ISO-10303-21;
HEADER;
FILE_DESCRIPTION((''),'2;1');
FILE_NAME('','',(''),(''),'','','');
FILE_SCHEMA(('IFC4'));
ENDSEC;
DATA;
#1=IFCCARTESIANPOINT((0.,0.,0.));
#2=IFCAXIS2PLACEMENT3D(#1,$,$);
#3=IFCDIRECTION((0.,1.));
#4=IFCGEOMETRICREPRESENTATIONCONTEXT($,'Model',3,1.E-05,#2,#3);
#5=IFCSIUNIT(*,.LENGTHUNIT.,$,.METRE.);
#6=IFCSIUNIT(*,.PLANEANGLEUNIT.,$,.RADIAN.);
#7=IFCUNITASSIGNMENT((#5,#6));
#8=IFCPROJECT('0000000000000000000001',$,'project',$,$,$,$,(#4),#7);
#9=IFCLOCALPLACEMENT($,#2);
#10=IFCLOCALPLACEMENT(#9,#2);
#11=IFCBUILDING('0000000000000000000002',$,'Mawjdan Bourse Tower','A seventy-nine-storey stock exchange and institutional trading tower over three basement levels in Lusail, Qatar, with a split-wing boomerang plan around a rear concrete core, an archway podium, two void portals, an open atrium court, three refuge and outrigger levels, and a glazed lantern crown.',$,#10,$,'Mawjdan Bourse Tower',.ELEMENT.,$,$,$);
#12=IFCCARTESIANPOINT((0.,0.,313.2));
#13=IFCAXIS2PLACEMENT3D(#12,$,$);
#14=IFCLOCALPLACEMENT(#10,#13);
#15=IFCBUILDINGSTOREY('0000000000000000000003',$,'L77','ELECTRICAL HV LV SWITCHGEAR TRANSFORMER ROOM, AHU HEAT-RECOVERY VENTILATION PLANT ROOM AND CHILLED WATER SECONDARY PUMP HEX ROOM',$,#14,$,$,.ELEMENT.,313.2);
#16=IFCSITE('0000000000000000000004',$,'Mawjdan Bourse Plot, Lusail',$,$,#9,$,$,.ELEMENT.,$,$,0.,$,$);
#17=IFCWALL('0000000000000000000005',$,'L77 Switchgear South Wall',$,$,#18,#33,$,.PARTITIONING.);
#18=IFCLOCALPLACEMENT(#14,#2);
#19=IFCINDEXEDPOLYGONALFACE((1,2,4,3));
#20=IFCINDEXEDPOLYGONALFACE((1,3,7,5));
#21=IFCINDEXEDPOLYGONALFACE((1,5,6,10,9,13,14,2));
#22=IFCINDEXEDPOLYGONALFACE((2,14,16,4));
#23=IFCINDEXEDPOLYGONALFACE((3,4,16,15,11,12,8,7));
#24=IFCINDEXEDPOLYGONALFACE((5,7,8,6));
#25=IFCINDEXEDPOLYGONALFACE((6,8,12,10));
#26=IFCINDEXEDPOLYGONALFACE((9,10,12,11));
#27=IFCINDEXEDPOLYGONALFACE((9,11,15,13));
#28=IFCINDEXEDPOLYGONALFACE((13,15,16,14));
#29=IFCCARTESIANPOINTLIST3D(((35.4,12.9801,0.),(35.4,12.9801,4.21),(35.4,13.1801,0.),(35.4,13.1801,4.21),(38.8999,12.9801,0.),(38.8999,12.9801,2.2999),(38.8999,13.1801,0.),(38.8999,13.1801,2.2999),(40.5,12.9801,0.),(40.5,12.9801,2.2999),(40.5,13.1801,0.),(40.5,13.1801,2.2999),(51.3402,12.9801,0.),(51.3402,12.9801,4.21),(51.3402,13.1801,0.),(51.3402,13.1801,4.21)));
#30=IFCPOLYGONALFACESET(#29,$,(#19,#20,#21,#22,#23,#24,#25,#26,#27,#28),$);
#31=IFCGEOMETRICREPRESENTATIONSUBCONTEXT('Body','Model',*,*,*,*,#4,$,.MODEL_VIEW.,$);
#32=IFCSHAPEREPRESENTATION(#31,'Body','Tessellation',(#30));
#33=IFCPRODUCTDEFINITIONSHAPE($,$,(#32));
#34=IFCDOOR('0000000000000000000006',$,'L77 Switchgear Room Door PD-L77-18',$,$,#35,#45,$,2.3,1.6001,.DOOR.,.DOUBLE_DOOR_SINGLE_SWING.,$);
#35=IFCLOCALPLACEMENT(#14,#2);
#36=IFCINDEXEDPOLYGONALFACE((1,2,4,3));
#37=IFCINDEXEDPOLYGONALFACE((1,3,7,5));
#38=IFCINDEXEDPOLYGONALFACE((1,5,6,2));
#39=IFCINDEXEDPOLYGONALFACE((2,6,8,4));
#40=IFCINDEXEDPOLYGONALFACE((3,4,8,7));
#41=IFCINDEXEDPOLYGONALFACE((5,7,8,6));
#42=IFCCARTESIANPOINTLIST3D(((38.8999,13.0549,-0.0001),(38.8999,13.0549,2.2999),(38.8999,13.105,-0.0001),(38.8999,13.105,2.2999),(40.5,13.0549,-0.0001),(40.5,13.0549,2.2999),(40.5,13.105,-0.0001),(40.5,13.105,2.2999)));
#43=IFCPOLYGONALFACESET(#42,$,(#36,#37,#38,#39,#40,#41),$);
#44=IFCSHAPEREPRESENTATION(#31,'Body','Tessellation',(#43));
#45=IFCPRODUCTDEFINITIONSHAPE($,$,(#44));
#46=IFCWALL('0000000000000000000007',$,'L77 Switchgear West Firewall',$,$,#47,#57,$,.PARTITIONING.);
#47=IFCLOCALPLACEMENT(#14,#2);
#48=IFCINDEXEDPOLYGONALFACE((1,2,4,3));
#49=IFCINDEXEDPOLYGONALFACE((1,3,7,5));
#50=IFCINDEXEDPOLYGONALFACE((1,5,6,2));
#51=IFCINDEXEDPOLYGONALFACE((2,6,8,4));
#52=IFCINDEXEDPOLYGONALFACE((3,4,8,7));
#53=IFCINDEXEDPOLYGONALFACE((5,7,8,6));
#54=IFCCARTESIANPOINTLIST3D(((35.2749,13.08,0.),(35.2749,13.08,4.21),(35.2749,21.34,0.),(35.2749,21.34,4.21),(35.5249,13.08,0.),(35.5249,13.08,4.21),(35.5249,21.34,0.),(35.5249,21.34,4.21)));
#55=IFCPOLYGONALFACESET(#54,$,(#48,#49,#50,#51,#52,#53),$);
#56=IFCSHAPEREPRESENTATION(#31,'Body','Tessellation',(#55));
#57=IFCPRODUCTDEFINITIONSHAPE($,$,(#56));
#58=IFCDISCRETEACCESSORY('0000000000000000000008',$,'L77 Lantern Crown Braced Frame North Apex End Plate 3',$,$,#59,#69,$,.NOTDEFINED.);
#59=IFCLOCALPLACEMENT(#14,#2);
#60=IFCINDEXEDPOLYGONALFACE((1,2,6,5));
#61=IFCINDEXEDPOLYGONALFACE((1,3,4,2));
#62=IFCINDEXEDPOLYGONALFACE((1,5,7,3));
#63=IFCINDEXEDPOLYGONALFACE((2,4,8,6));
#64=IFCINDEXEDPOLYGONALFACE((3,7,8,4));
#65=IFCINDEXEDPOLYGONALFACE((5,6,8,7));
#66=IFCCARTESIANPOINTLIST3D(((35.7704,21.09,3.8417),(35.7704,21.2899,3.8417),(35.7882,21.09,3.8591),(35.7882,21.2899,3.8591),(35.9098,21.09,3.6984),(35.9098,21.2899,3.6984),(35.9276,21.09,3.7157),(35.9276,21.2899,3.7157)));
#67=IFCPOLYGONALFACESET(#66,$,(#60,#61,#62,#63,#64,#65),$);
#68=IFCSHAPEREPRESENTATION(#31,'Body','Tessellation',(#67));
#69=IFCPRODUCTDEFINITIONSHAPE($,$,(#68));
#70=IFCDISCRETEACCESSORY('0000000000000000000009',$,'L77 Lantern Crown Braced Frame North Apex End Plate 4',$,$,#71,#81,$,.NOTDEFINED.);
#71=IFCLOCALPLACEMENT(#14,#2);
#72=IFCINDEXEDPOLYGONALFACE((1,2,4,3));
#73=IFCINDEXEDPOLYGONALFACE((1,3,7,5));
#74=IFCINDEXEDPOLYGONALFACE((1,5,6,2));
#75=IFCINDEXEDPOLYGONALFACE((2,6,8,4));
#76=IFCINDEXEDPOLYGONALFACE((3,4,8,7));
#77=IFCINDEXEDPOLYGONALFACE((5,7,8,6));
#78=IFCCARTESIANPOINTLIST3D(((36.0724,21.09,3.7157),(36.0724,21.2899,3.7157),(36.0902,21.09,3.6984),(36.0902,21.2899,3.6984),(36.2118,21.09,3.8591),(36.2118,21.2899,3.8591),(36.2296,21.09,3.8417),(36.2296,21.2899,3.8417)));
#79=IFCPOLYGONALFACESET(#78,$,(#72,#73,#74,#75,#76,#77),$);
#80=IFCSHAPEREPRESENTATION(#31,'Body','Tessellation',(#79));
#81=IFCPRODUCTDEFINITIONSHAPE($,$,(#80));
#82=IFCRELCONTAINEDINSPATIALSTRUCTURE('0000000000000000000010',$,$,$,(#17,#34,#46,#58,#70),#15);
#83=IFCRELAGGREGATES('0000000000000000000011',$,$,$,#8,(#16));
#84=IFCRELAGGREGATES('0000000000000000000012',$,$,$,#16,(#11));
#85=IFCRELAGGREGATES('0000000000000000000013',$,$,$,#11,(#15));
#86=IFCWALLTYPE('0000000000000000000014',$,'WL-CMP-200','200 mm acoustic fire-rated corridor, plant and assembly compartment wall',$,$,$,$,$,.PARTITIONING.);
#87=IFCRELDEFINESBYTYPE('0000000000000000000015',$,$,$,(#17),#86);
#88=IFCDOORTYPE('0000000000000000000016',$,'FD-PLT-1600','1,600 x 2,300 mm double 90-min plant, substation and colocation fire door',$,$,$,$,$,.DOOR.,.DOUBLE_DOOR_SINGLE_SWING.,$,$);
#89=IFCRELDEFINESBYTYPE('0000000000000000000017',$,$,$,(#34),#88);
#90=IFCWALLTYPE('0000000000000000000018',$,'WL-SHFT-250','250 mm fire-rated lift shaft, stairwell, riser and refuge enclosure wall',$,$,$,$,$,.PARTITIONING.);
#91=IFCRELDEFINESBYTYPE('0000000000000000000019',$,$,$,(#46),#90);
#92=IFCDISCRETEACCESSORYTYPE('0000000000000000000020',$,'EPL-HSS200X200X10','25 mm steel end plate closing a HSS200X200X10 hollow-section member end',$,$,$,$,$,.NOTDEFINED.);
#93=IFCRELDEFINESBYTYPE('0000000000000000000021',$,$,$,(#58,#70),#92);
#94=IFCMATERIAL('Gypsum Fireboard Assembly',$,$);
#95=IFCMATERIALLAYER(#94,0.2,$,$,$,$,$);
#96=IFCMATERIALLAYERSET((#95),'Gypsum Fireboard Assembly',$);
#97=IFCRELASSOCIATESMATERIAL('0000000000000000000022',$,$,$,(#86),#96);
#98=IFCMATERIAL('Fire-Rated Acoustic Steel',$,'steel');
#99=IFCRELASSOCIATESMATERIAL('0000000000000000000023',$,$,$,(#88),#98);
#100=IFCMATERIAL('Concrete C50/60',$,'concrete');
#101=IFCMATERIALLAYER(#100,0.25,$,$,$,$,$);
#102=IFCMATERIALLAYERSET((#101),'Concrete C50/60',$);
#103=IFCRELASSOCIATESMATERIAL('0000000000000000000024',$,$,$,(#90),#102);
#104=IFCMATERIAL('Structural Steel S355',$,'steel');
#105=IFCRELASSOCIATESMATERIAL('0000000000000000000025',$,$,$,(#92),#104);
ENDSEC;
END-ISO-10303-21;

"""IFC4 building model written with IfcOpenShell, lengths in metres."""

from ifc_helpers import new_model, si_unit, direction, frame, frame_2d, origin, origin_2d, place, context, subcontext, project, spatial, rectangle, extrude, material, layer, layer_set, material_profile, profile_set, type_object, element, fill, save


model = new_model("IFC4")

# Units and contexts
model_context = context("Model", 3, precision=1e-05, world=origin(), true_north=direction((0.0, 1.0)))
body_context = subcontext(model_context, "Body", "Model", "MODEL_VIEW")
ifc_project = project(units=[si_unit("LENGTHUNIT", "METRE"), si_unit("PLANEANGLEUNIT", "RADIAN")], contexts=[model_context])

# Site, building, storey
site_placement = place(None, origin())
site = spatial("IfcSite", under=ifc_project, at=site_placement, Name="Mawjdan Bourse Plot, Lusail", CompositionType="ELEMENT", RefElevation=0.0)
building_placement = place(site_placement, origin())
building = spatial("IfcBuilding", under=site, at=building_placement, Name="Mawjdan Bourse Tower", Description="A seventy-nine-storey stock exchange and institutional trading tower over three basement levels in Lusail, Qatar, with a split-wing boomerang plan around a rear concrete core, an archway podium, two void portals, an open atrium court, three refuge and outrigger levels, and a glazed lantern crown.", LongName="Mawjdan Bourse Tower", CompositionType="ELEMENT")
storey_placement = place(building_placement, frame((0.0, 0.0, 313.2)))
storey = spatial("IfcBuildingStorey", under=building, at=storey_placement, Name="L77", Description="ELECTRICAL HV LV SWITCHGEAR TRANSFORMER ROOM, AHU HEAT-RECOVERY VENTILATION PLANT ROOM AND CHILLED WATER SECONDARY PUMP HEX ROOM", CompositionType="ELEMENT", Elevation=313.2)

# Shared definitions
ifc_material_1 = material(Name="Structural Steel S355", Category="steel")

# Wall, opening, door
ifc_material_2 = material(Name="Gypsum Fireboard Assembly")
ifc_layer_1 = layer(ifc_material_2, 0.2)
ifc_layer_set_1 = layer_set([ifc_layer_1], Name="Gypsum Fireboard Assembly")
wall_type_1 = type_object("IfcWallType", Name="WL-CMP-200", Description="200 mm acoustic fire-rated corridor, plant and assembly compartment wall", PredefinedType="PARTITIONING", material=ifc_layer_set_1)
ifc_material_3 = material(Name="Fire-Rated Acoustic Steel", Category="steel")
door_type = type_object("IfcDoorType", Name="FD-PLT-1600", Description="1,600 x 2,300 mm double 90-min plant, substation and colocation fire door", OperationType="DOUBLE_DOOR_SINGLE_SWING", PredefinedType="DOOR", material=ifc_material_3)
wall_1_placement = place(storey_placement, frame((35.3999, 13.0801, 0.0), z_axis=(0.0, 0.0, 1.0), x_axis=(1.0, 0.0, 0.0)))
wall_1 = element("IfcWall", 1, at=wall_1_placement, inside=storey, type_object=wall_type_1, Name="L77 Switchgear South Wall", PredefinedType="PARTITIONING", context=body_context, shape_type="SweptSolid", body=[
    extrude(rectangle(XDim=15.9402, YDim=0.2, at=frame_2d((7.9702, 0.0))), origin(), (0.0, 0.0, 1.0), 4.21),
])
opening_1_placement = place(wall_1_placement, frame((3.5, 0.0, 0.0)))
opening_1 = element("IfcOpeningElement", 2, at=opening_1_placement, cuts=wall_1, PredefinedType="OPENING", context=body_context, shape_type="SweptSolid", body=[
    extrude(rectangle(XDim=1.6001, YDim=2.3, at=frame_2d((0.8, 1.1499))), frame((0.0, 0.1099, 0.0), z_axis=(0.0, -1.0, 0.0), x_axis=(1.0, 0.0, 0.0)), (0.0, 0.0, 1.0), 0.22),
])
door_1_placement = place(opening_1_placement, origin())
door_1 = element("IfcDoor", 3, at=door_1_placement, inside=storey, type_object=door_type, Name="L77 Switchgear Room Door PD-L77-18", OperationType="DOUBLE_DOOR_SINGLE_SWING", OverallHeight=2.3, OverallWidth=1.6001, PredefinedType="DOOR", context=body_context, shape_type="SweptSolid", body=[
    extrude(rectangle(XDim=1.6001, YDim=2.3, at=frame_2d((0.8, 1.1499))), frame((0.0, 0.0249, 0.0), z_axis=(0.0, -1.0, 0.0), x_axis=(1.0, 0.0, 0.0)), (0.0, 0.0, 1.0), 0.05),
])
fill(opening_1, door_1)

# Wall
ifc_material_4 = material(Name="Concrete C50/60", Category="concrete")
ifc_layer_2 = layer(ifc_material_4, 0.25)
ifc_layer_set_2 = layer_set([ifc_layer_2], Name="Concrete C50/60")
wall_type_2 = type_object("IfcWallType", Name="WL-SHFT-250", Description="250 mm fire-rated lift shaft, stairwell, riser and refuge enclosure wall", PredefinedType="PARTITIONING", material=ifc_layer_set_2)
wall_2_placement = place(storey_placement, frame((35.3999, 13.0801, 0.0), z_axis=(0.0, 0.0, 1.0), x_axis=(0.0, 1.0, 0.0)))
element("IfcWall", 4, at=wall_2_placement, inside=storey, type_object=wall_type_2, Name="L77 Switchgear West Firewall", PredefinedType="PARTITIONING", context=body_context, shape_type="SweptSolid", body=[
    extrude(rectangle(XDim=8.26, YDim=0.25, at=frame_2d((4.1299, 0.0))), origin(), (0.0, 0.0, 1.0), 4.21),
])

# Discrete accessories
ifc_material_profile_1 = material_profile(ifc_material_1, rectangle(XDim=0.2, YDim=0.2, at=origin_2d()), Name="EPL-HSS200X200X10")
ifc_profile_set_1 = profile_set([ifc_material_profile_1], Name="Structural Steel S355")
discrete_accessory_type = type_object("IfcDiscreteAccessoryType", Name="EPL-HSS200X200X10", Description="25 mm steel end plate closing a HSS200X200X10 hollow-section member end", PredefinedType="NOTDEFINED", material=ifc_profile_set_1)
for number, where, z_axis, x_axis, name in (
    (5, (35.8401, 21.1899, 3.77), (0.716859, 0.0, 0.697219), (0.0, 1.0, 0.0), "L77 Lantern Crown Braced Frame North Apex End Plate 3"),
    (6, (36.1599, 21.1899, 3.77), (-0.716859, 0.0, 0.697219), (0.0, -1.0, 0.0), "L77 Lantern Crown Braced Frame North Apex End Plate 4"),
):
    element("IfcDiscreteAccessory", number, at=place(storey_placement, frame(where, z_axis=z_axis, x_axis=x_axis)), inside=storey, type_object=discrete_accessory_type, Name=name, PredefinedType="NOTDEFINED", context=body_context, shape_type="SweptSolid", body=[
        extrude(rectangle(XDim=0.2, YDim=0.2, at=origin_2d()), origin(), (0.0, 0.0, 1.0), 0.0249),
    ])

save(model, "model.ifc")
